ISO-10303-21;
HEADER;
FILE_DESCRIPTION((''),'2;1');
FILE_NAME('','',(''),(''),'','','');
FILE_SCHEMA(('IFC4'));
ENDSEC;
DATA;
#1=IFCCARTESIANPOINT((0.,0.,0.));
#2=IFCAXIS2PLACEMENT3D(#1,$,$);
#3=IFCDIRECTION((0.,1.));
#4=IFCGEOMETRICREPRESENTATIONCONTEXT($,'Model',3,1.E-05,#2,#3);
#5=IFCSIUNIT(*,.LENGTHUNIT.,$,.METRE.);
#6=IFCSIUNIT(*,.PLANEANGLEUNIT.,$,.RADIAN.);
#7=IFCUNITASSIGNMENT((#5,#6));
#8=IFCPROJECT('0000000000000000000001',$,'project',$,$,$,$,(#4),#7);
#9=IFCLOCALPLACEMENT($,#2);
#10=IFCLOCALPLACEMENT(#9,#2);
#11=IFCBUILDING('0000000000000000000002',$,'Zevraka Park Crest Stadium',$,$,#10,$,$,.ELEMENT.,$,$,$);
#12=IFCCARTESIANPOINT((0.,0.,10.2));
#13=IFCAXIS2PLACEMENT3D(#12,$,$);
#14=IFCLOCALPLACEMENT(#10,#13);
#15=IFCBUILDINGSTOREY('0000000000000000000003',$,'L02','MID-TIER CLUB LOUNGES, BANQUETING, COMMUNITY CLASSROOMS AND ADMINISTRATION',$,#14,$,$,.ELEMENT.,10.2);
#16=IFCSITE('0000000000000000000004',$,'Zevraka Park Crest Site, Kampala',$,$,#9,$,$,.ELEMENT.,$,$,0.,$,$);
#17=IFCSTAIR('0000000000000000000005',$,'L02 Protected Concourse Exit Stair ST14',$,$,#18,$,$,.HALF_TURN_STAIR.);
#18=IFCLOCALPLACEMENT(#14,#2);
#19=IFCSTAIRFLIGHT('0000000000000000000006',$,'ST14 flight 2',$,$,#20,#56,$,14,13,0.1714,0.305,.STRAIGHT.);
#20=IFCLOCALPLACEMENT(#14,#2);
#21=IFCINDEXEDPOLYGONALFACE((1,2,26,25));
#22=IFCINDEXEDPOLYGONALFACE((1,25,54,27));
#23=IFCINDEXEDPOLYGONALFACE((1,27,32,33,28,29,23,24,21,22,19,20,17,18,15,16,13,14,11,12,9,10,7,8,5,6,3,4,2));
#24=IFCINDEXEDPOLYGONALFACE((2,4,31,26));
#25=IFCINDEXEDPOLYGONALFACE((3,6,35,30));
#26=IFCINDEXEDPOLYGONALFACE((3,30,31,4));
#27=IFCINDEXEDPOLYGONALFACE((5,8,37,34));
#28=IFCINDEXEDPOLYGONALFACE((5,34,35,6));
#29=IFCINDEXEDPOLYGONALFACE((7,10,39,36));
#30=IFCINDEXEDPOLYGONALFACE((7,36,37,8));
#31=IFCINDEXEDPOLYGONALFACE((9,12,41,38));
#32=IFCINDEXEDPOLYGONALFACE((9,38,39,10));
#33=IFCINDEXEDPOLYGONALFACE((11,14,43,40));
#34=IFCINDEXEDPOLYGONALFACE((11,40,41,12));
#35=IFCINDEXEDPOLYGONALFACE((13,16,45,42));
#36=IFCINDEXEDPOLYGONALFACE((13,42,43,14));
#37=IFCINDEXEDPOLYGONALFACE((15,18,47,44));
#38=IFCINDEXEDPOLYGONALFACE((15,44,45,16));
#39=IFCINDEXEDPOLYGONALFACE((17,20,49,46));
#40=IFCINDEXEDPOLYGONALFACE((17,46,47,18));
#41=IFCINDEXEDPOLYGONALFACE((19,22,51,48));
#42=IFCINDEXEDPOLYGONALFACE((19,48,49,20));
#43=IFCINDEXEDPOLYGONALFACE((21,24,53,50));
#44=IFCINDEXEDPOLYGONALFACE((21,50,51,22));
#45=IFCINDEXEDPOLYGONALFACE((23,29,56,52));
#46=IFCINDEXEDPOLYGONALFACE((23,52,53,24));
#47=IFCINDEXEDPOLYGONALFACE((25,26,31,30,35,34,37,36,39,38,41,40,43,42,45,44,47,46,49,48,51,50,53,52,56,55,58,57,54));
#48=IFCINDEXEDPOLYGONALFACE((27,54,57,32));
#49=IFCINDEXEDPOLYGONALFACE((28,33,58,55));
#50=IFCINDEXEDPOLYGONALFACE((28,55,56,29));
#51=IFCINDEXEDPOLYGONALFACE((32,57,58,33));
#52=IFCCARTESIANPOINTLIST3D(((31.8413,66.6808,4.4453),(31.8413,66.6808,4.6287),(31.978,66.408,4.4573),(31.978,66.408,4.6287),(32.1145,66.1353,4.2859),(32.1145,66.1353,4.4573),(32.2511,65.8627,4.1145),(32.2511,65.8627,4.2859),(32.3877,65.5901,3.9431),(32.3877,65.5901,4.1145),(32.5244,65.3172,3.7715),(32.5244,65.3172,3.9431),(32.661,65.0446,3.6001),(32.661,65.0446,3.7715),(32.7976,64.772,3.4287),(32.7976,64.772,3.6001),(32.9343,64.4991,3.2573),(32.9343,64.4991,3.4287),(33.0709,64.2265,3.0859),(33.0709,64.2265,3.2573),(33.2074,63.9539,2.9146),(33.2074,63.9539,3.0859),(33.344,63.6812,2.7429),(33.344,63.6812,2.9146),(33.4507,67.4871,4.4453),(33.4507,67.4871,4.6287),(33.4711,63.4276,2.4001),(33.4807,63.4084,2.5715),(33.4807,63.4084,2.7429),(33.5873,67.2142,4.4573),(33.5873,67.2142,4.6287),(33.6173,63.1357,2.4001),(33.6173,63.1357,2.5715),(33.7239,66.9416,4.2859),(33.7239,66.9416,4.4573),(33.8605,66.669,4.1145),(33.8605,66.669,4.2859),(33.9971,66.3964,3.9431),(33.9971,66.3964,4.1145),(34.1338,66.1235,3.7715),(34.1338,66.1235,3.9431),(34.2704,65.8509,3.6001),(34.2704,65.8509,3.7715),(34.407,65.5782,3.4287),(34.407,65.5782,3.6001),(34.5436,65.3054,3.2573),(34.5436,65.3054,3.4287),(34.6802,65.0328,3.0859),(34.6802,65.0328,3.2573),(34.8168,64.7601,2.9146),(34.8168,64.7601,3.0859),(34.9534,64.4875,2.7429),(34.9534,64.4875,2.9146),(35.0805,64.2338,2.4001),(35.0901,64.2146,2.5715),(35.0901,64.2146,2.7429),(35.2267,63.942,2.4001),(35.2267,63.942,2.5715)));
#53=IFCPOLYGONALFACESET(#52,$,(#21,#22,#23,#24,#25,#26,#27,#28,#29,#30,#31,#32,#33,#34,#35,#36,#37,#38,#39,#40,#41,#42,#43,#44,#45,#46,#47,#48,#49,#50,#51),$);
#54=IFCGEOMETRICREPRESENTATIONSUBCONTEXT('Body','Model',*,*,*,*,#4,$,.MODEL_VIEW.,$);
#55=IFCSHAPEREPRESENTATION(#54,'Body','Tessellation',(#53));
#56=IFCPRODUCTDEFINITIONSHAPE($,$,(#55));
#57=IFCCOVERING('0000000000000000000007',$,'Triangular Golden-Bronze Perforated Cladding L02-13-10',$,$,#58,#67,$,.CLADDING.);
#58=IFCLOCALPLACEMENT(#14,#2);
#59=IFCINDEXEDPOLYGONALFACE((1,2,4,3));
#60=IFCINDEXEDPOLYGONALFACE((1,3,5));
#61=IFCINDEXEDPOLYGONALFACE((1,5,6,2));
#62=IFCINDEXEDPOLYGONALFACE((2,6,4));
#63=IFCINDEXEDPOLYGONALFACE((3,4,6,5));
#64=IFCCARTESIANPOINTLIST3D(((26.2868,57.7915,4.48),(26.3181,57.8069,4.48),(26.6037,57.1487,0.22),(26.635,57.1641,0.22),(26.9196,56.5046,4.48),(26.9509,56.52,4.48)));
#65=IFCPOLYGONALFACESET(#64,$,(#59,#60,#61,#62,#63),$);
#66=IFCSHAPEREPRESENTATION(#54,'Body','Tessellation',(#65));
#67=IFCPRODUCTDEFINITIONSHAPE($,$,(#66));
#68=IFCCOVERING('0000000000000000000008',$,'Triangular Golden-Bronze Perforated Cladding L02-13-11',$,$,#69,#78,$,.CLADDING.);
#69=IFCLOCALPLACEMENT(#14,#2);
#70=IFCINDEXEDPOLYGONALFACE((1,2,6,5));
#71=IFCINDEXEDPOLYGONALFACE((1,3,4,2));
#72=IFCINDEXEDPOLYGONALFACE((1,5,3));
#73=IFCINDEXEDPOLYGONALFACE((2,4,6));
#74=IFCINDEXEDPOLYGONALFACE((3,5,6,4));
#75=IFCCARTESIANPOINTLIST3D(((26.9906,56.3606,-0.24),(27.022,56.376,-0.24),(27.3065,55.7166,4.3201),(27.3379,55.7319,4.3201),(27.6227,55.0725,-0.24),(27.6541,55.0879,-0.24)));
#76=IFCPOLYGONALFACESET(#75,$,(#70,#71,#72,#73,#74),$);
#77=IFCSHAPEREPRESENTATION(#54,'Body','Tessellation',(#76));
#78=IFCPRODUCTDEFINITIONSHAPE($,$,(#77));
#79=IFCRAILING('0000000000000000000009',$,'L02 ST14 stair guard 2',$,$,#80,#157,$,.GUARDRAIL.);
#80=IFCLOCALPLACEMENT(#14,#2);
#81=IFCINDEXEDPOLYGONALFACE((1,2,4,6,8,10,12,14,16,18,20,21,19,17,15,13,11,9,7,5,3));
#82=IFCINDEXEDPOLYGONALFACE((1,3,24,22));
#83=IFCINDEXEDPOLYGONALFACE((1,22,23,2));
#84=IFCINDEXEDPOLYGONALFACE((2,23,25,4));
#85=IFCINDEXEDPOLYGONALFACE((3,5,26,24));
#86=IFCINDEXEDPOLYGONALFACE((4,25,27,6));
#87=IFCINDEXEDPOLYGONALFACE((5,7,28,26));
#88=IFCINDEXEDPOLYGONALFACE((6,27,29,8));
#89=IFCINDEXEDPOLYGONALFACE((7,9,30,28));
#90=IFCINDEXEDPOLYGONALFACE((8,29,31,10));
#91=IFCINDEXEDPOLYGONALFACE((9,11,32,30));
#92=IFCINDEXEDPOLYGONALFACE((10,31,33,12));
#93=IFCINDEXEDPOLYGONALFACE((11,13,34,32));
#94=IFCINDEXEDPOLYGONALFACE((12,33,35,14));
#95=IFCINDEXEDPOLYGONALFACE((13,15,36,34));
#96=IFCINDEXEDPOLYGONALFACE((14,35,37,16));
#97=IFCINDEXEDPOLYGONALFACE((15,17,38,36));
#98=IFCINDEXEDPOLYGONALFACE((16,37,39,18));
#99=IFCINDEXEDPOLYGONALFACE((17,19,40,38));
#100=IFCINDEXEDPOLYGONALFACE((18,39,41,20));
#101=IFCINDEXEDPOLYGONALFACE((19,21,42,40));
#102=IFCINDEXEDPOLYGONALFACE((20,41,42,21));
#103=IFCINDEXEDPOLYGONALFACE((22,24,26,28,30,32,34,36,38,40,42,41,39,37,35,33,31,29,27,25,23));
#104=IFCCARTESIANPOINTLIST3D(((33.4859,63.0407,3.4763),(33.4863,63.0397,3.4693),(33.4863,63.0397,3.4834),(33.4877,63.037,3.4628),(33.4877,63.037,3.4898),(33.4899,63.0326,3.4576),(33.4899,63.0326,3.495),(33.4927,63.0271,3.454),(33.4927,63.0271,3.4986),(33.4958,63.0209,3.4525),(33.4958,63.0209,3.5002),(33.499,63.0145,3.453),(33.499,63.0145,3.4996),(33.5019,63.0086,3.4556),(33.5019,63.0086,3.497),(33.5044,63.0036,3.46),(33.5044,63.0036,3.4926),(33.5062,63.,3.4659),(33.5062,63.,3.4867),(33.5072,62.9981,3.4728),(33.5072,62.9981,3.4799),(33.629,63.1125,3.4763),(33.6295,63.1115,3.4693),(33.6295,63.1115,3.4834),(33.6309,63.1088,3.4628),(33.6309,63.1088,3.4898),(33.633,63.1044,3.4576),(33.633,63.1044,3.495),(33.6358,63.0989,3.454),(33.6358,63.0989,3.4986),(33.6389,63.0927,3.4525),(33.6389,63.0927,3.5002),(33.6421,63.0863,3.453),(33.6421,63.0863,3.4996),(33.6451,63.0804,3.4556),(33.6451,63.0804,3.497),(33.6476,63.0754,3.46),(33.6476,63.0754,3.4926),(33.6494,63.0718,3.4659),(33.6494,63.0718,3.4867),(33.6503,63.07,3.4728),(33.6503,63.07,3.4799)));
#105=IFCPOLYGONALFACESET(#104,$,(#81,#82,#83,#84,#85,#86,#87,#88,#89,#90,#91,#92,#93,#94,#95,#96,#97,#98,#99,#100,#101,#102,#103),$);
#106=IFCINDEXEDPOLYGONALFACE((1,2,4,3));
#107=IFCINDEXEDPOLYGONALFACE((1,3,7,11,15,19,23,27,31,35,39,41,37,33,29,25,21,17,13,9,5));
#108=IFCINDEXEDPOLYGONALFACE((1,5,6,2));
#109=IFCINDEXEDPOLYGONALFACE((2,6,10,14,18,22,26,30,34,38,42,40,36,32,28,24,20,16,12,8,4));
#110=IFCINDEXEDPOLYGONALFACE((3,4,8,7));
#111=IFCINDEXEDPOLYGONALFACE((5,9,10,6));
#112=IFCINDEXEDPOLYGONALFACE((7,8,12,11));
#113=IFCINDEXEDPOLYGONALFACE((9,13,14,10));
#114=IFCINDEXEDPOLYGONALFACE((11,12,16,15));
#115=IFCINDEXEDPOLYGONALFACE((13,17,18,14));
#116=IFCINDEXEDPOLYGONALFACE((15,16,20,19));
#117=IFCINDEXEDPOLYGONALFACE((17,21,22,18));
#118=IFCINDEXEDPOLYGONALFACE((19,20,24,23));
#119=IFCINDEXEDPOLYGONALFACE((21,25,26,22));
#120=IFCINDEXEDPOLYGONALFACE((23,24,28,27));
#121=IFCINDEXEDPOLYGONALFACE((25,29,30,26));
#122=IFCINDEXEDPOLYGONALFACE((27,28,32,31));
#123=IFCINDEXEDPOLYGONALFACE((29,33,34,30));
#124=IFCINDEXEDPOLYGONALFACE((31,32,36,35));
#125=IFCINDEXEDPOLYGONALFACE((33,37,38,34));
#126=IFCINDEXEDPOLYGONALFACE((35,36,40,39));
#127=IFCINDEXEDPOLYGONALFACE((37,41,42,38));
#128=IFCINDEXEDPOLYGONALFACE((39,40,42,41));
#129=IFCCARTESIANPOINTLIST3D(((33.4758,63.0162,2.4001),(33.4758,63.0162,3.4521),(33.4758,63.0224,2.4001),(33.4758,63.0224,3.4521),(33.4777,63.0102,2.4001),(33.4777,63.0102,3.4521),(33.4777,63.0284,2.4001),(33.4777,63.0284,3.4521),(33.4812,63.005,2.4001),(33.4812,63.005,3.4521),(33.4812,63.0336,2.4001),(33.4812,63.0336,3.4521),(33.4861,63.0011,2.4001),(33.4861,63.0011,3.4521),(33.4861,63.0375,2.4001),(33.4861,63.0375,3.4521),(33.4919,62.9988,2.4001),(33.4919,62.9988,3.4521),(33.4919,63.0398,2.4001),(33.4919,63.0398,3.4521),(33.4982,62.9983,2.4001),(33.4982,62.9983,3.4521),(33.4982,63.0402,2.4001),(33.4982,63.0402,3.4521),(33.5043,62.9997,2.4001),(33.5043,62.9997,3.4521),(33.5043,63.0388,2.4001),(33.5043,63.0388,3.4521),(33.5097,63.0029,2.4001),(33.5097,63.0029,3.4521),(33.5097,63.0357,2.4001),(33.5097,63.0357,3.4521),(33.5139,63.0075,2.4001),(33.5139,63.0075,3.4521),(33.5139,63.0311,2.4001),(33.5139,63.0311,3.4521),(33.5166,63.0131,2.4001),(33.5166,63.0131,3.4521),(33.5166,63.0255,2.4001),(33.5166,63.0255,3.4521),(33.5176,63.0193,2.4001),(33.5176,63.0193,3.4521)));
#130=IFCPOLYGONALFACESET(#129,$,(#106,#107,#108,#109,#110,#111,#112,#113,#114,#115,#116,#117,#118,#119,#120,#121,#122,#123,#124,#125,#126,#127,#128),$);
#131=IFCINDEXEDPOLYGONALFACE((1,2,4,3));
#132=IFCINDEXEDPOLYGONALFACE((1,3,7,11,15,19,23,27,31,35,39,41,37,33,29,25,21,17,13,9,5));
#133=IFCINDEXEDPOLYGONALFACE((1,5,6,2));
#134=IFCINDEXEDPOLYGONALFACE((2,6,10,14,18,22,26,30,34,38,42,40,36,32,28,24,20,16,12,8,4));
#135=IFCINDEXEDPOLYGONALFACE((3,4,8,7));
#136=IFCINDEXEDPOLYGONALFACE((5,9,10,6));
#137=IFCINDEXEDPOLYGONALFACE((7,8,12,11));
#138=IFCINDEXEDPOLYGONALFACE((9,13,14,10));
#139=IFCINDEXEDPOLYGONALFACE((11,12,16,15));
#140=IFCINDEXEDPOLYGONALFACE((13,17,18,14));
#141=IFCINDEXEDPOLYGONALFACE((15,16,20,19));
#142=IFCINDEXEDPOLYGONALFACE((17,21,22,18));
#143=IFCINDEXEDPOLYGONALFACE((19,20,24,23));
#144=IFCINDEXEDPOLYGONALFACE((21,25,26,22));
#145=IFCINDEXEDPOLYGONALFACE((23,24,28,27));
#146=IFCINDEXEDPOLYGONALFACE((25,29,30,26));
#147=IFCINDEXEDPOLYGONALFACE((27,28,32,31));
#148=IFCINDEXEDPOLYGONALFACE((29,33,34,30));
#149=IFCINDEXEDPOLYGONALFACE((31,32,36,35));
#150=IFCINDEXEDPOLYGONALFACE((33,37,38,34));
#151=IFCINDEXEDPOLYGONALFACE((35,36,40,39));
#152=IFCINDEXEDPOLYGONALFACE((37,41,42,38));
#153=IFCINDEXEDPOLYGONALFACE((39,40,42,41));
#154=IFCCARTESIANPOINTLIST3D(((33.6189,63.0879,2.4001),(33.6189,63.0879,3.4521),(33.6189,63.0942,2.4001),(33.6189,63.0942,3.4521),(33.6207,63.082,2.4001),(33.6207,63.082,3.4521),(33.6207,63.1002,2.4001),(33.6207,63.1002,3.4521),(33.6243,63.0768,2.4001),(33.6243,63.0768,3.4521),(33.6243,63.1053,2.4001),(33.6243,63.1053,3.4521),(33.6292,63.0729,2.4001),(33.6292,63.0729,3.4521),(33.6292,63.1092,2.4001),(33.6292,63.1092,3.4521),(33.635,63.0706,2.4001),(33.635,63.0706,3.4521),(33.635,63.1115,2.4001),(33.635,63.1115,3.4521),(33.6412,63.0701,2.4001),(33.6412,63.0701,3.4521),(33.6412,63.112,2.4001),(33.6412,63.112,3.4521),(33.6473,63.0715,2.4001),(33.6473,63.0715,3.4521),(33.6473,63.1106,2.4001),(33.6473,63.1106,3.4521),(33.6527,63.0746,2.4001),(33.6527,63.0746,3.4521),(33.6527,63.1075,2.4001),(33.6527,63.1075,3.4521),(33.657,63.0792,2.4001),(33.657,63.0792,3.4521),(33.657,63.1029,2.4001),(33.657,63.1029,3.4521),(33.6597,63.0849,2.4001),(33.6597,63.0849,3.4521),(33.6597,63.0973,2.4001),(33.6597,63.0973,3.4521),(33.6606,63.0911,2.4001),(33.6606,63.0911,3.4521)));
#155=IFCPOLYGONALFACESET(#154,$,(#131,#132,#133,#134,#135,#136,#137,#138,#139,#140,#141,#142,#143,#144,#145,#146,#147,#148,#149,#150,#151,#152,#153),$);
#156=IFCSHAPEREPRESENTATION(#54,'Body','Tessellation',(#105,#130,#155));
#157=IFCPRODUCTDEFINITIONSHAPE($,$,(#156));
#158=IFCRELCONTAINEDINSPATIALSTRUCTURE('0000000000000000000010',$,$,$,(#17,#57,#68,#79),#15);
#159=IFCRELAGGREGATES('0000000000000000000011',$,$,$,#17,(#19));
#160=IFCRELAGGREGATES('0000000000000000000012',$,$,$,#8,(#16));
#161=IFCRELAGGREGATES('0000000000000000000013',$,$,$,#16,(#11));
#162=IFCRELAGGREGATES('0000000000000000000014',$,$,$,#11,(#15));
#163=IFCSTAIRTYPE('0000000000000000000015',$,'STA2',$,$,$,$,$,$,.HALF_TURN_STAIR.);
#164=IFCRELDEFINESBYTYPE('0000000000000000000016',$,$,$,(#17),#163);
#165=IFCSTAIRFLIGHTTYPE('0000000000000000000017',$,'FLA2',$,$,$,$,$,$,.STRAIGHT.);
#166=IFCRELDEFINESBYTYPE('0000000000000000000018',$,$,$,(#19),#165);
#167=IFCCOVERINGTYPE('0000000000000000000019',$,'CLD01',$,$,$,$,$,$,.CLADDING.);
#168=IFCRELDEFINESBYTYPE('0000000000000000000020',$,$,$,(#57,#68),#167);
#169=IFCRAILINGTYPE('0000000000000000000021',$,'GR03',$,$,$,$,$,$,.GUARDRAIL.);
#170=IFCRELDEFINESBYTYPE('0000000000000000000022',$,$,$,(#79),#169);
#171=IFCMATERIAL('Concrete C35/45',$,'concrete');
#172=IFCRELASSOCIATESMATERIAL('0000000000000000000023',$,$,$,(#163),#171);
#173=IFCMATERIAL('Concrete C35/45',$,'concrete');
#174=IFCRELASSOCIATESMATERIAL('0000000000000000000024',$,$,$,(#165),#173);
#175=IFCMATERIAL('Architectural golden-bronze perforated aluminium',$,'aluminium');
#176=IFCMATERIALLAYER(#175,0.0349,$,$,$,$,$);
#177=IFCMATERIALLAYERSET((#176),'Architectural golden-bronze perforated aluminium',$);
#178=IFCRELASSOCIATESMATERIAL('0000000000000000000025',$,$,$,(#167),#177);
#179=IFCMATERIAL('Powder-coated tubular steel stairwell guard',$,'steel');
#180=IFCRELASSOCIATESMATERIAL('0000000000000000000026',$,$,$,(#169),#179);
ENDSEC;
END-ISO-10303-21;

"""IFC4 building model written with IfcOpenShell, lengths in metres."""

from ifc_helpers import new_model, si_unit, direction, frame, origin, origin_2d, place, context, subcontext, project, spatial, polyline, circle, outline, extrude, material, layer, layer_set, type_object, element, aggregate, save


model = new_model("IFC4")

# Units and contexts
model_context = context("Model", 3, precision=1e-05, world=origin(), true_north=direction((0.0, 1.0)))
body_context = subcontext(model_context, "Body", "Model", "MODEL_VIEW")
ifc_project = project(units=[si_unit("LENGTHUNIT", "METRE"), si_unit("PLANEANGLEUNIT", "RADIAN")], contexts=[model_context])

# Site, building, storey
site_placement = place(None, origin())
site = spatial("IfcSite", under=ifc_project, at=site_placement, Name="Zevraka Park Crest Site, Kampala", CompositionType="ELEMENT", RefElevation=0.0)
building_placement = place(site_placement, origin())
building = spatial("IfcBuilding", under=site, at=building_placement, Name="Zevraka Park Crest Stadium", CompositionType="ELEMENT")
storey_placement = place(building_placement, frame((0.0, 0.0, 10.2)))
storey = spatial("IfcBuildingStorey", under=building, at=storey_placement, Name="L02", Description="MID-TIER CLUB LOUNGES, BANQUETING, COMMUNITY CLASSROOMS AND ADMINISTRATION", CompositionType="ELEMENT", Elevation=10.2)

# Stair, stair flight
ifc_material_1 = material(Name="Concrete C35/45", Category="concrete")
stair_type = type_object("IfcStairType", Name="STA2", PredefinedType="HALF_TURN_STAIR", material=ifc_material_1)
stair_placement = place(storey_placement, origin())
stair = element("IfcStair", 1, at=stair_placement, inside=storey, type_object=stair_type, Name="L02 Protected Concourse Exit Stair ST14", PredefinedType="HALF_TURN_STAIR")
ifc_material_2 = material(Name="Concrete C35/45", Category="concrete")
stair_flight_type = type_object("IfcStairFlightType", Name="FLA2", PredefinedType="STRAIGHT", material=ifc_material_2)
stair_flight_placement = place(storey_placement, frame((34.4219, 63.5388, 2.4001), z_axis=(0.0, 0.0, 1.0), x_axis=(-0.447915, 0.894076, 0.0)))
stair_flight = element("IfcStairFlight", 2, at=stair_flight_placement, type_object=stair_flight_type, Name="ST14 flight 2", NumberOfRisers=14, NumberOfTreads=13, PredefinedType="STRAIGHT", RiserHeight=0.1714, TreadLength=0.305, context=body_context, shape_type="SweptSolid", body=[
    extrude(outline(polyline([(0.0, 0.0), (0.0, 0.1714), (0.3049, 0.1714), (0.3049, 0.3428), (0.6101, 0.3428), (0.6101, 0.5144), (0.915, 0.5144), (0.915, 0.6858), (1.22, 0.6858), (1.22, 0.8572), (1.5249, 0.8572), (1.5249, 1.0286), (1.8301, 1.0286), (1.8301, 1.2), (2.135, 1.2), (2.135, 1.3713), (2.4399, 1.3713), (2.4399, 1.543), (2.7451, 1.543), (2.7451, 1.7144), (3.05, 1.7144), (3.05, 1.8857), (3.355, 1.8857), (3.355, 2.0571), (3.6599, 2.0571), (3.6599, 2.2285), (3.9651, 2.2285), (3.9651, 2.3999), (3.9651, 2.0452), (0.3264, 0.0), (0.0, 0.0)])), frame((0.0, 0.8999, 0.0), z_axis=(0.0, -1.0, 0.0), x_axis=(1.0, 0.0, 0.0)), (0.0, 0.0, 1.0), 1.8),
])
aggregate(stair, [stair_flight])

# Coverings
ifc_material_3 = material(Name="Architectural golden-bronze perforated aluminium", Category="aluminium")
ifc_layer_1 = layer(ifc_material_3, 0.0349)
ifc_layer_set_1 = layer_set([ifc_layer_1], Name="Architectural golden-bronze perforated aluminium")
covering_type = type_object("IfcCoveringType", Name="CLD01", PredefinedType="CLADDING", material=ifc_layer_set_1)
covering_1_placement = place(storey_placement, frame((26.9509, 56.52, 4.48), z_axis=(0.89737, 0.441279, 0.000166), x_axis=(-0.441279, 0.89737, 0.0)))
element("IfcCovering", 3, at=covering_1_placement, inside=storey, type_object=covering_type, Name="Triangular Golden-Bronze Perforated Cladding L02-13-10", PredefinedType="CLADDING", context=body_context, shape_type="SweptSolid", body=[
    extrude(outline(polyline([(0.0, 0.0), (1.434, 0.0), (0.7174, -4.26), (0.0, 0.0)])), origin(), (0.0, 0.0, -1.0), 0.0349),
])
covering_2_placement = place(storey_placement, frame((27.022, 56.376, -0.24), z_axis=(0.897737, 0.440531, 0.000024), x_axis=(0.440531, -0.897737, 0.0)))
element("IfcCovering", 4, at=covering_2_placement, inside=storey, type_object=covering_type, Name="Triangular Golden-Bronze Perforated Cladding L02-13-11", PredefinedType="CLADDING", context=body_context, shape_type="SweptSolid", body=[
    extrude(outline(polyline([(0.0, 0.0), (1.4348, 0.0), (0.7174, -4.5601), (0.0, 0.0)])), origin(), (0.0, 0.0, -1.0), 0.0349),
])

# Railing
ifc_material_4 = material(Name="Powder-coated tubular steel stairwell guard", Category="steel")
railing_type_1 = type_object("IfcRailingType", Name="GR03", PredefinedType="GUARDRAIL", material=ifc_material_4)
railing_1_placement = place(storey_placement, frame((33.4966, 63.0193, 2.4001)))
element("IfcRailing", 5, at=railing_1_placement, inside=storey, type_object=railing_type_1, Name="L02 ST14 stair guard 2", PredefinedType="GUARDRAIL", context=body_context, shape_type="SweptSolid", body=[
    extrude(circle(Radius=0.0239, at=origin_2d()), frame((0.0, 0.0, 1.0762), z_axis=(0.893816, 0.448433, 0.0), x_axis=(-0.448433, 0.893816, 0.0)), (0.0, 0.0, 1.0), 0.1602),
    extrude(circle(Radius=0.021, at=origin_2d()), origin(), (0.0, 0.0, 1.0), 1.052),
    extrude(circle(Radius=0.021, at=origin_2d()), frame((0.1431, 0.0718, 0.0)), (0.0, 0.0, 1.0), 1.052),
])

save(model, "model.ifc")
